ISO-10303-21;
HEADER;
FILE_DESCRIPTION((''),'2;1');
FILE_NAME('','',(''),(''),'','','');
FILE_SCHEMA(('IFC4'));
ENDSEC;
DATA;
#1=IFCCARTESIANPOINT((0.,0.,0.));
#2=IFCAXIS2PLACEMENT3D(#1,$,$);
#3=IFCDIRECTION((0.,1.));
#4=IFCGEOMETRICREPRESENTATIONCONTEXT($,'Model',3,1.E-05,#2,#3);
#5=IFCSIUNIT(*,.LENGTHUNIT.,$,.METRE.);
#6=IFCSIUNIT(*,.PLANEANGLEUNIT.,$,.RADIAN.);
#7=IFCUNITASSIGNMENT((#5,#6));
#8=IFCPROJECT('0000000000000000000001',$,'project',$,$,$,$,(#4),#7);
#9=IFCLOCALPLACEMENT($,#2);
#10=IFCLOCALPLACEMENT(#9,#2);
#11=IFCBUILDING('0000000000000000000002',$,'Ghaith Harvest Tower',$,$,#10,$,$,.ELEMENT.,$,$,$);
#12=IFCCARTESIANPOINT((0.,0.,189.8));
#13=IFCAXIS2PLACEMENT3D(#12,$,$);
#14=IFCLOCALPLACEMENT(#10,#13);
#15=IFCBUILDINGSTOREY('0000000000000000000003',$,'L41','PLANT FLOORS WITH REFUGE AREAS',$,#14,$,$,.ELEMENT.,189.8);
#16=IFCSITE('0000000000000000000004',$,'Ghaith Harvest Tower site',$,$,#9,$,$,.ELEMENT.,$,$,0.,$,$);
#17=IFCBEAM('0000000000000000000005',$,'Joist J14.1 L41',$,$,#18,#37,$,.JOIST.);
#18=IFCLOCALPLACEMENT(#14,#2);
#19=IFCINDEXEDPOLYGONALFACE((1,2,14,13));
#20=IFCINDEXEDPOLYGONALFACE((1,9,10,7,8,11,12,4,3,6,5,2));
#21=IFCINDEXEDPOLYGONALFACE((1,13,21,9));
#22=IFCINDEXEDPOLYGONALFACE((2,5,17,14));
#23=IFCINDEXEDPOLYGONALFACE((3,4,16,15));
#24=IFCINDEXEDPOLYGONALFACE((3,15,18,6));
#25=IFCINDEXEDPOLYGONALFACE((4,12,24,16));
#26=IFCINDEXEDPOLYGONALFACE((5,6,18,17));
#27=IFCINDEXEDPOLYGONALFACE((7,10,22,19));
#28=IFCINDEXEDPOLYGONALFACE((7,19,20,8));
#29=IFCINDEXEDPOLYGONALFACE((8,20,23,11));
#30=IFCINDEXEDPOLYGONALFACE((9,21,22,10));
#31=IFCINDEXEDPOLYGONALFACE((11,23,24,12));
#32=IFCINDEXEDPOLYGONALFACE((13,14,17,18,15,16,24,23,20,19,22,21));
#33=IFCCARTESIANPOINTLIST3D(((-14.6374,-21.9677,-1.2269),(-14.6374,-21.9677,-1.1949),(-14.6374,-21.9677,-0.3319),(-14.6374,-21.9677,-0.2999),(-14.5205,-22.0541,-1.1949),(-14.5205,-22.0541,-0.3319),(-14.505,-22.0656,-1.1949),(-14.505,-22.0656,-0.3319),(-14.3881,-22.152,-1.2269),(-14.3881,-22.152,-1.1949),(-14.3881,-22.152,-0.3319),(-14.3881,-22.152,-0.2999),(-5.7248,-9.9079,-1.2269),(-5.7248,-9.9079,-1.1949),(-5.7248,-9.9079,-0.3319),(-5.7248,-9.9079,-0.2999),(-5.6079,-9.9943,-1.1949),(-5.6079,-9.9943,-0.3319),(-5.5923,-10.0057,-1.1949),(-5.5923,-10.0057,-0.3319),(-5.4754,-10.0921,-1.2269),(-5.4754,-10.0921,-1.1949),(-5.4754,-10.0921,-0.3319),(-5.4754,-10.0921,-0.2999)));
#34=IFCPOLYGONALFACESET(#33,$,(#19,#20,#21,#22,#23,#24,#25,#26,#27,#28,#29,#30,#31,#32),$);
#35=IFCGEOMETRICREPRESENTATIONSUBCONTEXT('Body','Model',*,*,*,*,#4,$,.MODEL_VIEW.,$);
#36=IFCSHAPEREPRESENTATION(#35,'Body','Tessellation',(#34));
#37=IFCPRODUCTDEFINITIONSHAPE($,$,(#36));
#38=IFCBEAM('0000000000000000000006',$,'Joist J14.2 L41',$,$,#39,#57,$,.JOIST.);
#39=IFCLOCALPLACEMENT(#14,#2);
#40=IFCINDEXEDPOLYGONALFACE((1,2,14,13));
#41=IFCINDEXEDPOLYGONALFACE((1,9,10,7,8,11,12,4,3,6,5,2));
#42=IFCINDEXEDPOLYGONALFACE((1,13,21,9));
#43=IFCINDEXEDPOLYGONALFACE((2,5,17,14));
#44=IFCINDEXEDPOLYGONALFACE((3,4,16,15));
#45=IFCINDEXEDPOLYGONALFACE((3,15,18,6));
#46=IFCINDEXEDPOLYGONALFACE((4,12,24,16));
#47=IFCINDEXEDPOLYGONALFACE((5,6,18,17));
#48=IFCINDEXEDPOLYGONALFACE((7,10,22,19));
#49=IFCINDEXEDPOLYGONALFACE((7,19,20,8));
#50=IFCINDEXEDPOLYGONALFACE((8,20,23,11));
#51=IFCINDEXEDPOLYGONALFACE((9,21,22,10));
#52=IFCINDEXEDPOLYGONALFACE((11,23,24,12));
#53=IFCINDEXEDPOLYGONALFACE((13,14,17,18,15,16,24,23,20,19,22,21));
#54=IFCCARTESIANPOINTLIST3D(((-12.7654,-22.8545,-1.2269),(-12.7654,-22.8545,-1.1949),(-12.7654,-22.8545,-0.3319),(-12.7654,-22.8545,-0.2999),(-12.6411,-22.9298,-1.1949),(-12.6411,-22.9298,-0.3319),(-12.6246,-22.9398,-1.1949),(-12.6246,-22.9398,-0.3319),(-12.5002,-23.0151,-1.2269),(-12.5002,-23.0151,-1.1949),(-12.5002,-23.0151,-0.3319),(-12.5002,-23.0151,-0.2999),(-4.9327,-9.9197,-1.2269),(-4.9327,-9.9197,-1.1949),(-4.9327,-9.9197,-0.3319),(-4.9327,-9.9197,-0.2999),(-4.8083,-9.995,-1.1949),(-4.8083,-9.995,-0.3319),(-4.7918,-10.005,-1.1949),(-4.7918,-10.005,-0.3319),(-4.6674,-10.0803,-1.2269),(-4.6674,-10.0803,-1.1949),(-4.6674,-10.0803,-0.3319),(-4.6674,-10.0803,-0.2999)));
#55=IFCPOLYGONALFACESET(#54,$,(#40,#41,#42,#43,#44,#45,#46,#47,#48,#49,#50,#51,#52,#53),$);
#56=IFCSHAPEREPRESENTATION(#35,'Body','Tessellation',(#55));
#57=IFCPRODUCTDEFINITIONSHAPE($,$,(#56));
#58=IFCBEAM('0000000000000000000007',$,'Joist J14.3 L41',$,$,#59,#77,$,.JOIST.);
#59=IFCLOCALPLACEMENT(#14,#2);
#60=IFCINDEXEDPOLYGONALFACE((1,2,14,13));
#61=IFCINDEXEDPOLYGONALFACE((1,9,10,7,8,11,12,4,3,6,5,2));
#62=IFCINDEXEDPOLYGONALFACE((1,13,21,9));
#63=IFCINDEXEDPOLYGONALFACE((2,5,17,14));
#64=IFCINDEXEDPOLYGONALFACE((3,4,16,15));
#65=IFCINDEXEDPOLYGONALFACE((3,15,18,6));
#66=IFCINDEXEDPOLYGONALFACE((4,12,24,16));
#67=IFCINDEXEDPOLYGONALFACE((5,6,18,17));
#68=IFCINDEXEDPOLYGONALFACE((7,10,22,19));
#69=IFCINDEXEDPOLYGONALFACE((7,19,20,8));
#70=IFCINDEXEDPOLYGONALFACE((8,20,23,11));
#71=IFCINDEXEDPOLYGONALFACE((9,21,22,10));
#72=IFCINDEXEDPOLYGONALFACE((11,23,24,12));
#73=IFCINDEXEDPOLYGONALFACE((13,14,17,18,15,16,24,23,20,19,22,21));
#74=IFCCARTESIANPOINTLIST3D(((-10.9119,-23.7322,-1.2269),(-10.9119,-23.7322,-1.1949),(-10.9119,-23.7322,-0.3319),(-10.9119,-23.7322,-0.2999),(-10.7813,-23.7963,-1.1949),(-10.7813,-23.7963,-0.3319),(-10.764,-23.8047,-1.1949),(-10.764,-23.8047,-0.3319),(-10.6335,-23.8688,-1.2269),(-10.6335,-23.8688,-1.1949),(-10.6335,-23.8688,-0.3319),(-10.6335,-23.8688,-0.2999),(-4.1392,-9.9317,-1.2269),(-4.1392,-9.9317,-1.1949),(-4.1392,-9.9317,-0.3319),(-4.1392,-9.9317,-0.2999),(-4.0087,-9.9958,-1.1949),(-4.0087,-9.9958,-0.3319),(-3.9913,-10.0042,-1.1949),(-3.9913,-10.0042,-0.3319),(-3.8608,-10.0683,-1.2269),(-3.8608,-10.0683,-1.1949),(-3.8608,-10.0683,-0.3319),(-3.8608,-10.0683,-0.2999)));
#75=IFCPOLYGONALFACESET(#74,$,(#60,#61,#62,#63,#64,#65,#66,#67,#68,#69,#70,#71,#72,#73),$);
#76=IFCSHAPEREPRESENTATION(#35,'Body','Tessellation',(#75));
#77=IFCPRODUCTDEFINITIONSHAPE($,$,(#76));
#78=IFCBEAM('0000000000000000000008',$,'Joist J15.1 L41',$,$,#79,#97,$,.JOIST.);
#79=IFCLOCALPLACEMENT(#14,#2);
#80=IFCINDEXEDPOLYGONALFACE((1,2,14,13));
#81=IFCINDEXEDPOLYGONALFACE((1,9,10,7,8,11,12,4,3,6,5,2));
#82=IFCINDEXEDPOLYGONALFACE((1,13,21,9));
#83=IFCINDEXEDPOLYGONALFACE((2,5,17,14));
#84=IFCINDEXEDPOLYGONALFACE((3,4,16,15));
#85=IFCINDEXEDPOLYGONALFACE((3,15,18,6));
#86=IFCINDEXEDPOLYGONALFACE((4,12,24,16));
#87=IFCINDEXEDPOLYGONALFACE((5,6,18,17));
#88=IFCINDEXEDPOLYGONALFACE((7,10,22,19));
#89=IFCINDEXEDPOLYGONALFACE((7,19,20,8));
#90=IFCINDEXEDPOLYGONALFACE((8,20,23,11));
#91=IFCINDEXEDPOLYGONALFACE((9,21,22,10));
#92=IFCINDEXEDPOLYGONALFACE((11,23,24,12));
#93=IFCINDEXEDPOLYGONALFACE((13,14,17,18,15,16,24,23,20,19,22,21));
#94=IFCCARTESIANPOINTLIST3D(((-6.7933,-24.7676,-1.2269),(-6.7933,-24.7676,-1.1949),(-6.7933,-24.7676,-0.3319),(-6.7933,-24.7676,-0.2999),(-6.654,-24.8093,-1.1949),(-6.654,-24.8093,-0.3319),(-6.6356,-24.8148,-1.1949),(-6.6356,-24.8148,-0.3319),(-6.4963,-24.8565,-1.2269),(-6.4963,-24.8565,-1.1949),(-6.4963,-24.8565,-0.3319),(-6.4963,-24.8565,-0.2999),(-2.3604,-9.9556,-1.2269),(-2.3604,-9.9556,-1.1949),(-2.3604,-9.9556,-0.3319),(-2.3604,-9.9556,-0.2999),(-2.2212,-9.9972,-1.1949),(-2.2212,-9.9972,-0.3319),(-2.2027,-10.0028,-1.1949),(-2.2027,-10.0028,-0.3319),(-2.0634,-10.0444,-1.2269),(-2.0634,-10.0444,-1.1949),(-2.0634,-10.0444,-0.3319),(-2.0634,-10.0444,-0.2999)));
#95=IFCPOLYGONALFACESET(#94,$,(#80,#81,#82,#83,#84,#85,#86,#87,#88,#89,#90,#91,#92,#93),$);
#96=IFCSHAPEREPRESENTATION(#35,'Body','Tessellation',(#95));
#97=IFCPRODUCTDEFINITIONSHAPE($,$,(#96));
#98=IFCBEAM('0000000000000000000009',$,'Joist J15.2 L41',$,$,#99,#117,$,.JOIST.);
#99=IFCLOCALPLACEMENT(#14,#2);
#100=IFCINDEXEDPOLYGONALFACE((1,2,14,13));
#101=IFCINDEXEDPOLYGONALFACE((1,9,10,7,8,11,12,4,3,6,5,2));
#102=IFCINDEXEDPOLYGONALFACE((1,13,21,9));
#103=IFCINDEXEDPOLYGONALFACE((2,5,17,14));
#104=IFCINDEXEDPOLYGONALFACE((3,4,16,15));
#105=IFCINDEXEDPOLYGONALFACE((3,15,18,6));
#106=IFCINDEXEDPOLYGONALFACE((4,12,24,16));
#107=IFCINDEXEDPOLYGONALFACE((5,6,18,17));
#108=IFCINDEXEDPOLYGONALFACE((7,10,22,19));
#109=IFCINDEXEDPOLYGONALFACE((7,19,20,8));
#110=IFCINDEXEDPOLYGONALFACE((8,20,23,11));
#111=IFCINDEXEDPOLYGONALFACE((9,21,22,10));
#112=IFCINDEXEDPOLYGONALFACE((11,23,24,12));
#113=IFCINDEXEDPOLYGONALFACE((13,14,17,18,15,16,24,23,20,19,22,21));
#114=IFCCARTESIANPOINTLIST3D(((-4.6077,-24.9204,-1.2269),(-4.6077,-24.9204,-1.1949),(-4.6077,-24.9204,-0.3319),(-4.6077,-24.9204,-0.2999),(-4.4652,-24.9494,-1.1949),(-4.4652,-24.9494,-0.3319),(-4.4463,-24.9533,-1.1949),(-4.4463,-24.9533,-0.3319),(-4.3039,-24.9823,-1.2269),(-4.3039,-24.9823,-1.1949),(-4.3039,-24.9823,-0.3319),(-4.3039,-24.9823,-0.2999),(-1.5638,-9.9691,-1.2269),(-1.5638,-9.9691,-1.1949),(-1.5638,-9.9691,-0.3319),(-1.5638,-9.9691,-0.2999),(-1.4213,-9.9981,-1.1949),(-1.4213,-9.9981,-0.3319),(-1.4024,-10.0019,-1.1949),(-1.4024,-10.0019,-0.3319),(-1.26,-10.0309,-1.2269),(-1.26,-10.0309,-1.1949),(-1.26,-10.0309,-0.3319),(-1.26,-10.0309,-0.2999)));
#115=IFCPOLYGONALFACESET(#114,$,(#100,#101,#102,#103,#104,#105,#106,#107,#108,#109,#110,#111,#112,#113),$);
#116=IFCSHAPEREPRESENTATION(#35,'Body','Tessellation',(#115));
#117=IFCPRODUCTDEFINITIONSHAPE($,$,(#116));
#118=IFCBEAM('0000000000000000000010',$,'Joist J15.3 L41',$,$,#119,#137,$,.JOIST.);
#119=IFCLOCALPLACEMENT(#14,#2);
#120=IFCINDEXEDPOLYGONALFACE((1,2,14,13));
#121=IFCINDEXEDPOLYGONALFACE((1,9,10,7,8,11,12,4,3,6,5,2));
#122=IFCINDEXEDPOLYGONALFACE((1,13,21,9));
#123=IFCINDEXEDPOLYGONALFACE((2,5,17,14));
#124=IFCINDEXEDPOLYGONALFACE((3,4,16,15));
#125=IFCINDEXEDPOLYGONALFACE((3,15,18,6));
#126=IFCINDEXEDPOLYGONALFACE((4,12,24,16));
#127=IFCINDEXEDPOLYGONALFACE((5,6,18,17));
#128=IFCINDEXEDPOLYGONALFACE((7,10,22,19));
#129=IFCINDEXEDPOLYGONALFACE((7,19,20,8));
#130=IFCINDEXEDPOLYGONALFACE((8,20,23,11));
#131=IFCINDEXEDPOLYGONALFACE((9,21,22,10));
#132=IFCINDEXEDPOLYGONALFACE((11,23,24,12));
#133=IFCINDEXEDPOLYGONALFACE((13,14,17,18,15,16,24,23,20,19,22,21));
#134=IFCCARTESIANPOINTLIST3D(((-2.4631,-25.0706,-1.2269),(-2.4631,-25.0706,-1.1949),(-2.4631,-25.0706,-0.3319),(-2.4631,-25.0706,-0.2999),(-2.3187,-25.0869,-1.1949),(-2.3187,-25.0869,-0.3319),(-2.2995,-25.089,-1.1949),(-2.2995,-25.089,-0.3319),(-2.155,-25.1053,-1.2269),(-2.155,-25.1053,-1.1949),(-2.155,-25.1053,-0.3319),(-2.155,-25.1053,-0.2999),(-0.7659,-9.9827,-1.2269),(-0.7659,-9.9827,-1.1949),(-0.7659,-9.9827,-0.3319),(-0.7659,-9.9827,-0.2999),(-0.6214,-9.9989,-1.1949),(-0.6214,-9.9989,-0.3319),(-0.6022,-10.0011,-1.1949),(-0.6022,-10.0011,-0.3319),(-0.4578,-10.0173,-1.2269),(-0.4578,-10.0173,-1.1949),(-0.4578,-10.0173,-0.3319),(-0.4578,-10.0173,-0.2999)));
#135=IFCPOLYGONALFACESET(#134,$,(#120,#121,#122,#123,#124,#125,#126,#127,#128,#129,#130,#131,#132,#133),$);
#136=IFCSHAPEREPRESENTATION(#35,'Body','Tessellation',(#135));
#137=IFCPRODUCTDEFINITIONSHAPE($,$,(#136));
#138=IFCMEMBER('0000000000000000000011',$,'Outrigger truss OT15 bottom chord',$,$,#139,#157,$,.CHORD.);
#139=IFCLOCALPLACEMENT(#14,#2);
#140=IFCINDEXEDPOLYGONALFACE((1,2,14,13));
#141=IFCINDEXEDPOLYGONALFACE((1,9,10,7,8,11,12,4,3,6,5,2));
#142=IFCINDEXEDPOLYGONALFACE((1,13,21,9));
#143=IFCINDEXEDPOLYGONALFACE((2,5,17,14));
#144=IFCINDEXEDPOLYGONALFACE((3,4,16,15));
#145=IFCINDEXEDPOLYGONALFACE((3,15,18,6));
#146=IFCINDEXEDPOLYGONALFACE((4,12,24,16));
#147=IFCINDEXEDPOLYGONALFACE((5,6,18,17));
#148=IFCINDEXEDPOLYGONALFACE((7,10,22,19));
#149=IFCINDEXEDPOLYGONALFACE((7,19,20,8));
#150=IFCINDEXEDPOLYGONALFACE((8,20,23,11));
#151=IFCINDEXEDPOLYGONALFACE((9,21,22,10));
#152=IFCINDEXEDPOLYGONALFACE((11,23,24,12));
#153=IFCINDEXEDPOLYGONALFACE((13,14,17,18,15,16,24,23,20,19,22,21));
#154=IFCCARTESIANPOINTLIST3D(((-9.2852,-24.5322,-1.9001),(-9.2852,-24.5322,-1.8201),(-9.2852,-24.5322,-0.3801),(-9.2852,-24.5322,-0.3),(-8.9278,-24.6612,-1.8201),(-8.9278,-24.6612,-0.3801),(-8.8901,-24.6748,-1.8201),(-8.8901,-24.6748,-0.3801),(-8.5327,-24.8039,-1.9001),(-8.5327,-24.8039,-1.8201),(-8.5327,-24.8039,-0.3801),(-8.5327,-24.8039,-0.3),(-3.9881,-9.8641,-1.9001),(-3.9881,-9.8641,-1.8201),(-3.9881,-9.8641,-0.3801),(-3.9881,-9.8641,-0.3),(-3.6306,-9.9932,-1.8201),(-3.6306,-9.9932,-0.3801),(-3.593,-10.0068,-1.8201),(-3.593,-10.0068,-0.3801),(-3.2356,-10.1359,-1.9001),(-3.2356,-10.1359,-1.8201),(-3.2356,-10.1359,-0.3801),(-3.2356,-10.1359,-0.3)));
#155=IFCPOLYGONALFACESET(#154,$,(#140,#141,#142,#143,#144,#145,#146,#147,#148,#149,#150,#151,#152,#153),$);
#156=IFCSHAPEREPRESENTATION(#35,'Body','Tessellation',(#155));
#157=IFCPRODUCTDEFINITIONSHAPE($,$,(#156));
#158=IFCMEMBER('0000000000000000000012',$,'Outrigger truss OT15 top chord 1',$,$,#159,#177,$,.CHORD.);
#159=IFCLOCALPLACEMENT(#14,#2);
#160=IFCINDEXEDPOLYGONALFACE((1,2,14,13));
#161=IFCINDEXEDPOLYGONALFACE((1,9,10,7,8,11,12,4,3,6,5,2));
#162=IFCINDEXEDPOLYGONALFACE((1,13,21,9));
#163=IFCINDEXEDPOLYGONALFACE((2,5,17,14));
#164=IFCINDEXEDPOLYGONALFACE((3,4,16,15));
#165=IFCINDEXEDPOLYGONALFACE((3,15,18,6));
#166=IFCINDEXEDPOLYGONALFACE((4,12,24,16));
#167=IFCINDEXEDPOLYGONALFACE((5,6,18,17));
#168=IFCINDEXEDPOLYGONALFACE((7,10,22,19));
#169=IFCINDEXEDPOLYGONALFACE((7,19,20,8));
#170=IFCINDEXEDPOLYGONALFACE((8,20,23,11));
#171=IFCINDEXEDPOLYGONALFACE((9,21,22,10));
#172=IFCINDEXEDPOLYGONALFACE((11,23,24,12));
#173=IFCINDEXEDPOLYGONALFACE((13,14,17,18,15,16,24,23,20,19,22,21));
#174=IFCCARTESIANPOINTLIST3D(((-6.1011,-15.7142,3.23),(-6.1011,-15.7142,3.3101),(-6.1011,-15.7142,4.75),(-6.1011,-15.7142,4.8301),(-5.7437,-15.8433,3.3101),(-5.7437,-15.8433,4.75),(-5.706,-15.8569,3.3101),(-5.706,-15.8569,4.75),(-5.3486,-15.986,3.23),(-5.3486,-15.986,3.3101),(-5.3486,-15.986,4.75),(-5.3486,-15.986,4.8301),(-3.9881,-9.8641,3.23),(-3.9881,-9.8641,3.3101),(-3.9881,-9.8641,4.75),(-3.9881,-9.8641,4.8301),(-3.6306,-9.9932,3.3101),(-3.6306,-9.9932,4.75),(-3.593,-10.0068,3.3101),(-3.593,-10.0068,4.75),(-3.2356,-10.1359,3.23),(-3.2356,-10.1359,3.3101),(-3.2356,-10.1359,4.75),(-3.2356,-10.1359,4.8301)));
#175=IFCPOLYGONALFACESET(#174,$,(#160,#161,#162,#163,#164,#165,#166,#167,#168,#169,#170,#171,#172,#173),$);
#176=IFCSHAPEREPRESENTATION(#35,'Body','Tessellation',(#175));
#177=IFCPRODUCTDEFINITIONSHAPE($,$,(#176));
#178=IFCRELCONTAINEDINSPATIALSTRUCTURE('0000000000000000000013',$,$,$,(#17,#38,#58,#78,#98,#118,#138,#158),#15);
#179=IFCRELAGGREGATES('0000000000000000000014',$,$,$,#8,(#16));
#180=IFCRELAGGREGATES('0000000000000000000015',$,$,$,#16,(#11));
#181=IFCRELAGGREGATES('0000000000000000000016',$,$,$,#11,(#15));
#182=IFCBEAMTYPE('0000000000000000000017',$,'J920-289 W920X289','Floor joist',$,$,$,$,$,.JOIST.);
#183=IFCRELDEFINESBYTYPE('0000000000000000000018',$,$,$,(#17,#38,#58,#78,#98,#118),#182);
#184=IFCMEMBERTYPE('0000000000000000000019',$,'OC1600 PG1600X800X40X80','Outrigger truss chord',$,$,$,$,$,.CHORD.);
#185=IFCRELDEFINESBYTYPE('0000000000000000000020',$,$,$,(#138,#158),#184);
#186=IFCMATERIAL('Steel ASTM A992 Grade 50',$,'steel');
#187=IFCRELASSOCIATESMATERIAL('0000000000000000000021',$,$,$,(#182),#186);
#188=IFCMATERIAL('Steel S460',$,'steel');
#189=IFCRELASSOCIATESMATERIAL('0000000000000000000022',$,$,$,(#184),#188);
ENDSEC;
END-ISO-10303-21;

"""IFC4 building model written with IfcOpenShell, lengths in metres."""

from ifc_helpers import new_model, si_unit, direction, frame, origin, origin_2d, place, context, subcontext, project, spatial, i_section, extrude, material, material_profile, profile_set, type_object, element, save


model = new_model("IFC4")

# Units and contexts
model_context = context("Model", 3, precision=1e-05, world=origin(), true_north=direction((0.0, 1.0)))
body_context = subcontext(model_context, "Body", "Model", "MODEL_VIEW")
ifc_project = project(units=[si_unit("LENGTHUNIT", "METRE"), si_unit("PLANEANGLEUNIT", "RADIAN")], contexts=[model_context])

# Site, building, storey
site_placement = place(None, origin())
site = spatial("IfcSite", under=ifc_project, at=site_placement, Name="Ghaith Harvest Tower site", CompositionType="ELEMENT", RefElevation=0.0)
building_placement = place(site_placement, origin())
building = spatial("IfcBuilding", under=site, at=building_placement, Name="Ghaith Harvest Tower", CompositionType="ELEMENT")
storey_placement = place(building_placement, frame((0.0, 0.0, 189.8)))
storey = spatial("IfcBuildingStorey", under=building, at=storey_placement, Name="L41", Description="PLANT FLOORS WITH REFUGE AREAS", CompositionType="ELEMENT", Elevation=189.8)

# Beams
ifc_material_1 = material(Name="Steel ASTM A992 Grade 50", Category="steel")
ifc_material_profile_1 = material_profile(ifc_material_1, i_section(OverallWidth=0.3101, OverallDepth=0.927, WebThickness=0.0193, FlangeThickness=0.032, at=origin_2d()), Name="W920X289")
ifc_profile_set_1 = profile_set([ifc_material_profile_1], Name="Steel ASTM A992 Grade 50")
beam_type = type_object("IfcBeamType", Name="J920-289 W920X289", Description="Floor joist", PredefinedType="JOIST", material=ifc_profile_set_1)
beam_1_placement = place(storey_placement, frame((-5.6001, -10.0, -0.7634), z_axis=(-0.59434, -0.804214, 0.0), x_axis=(0.804214, -0.59434, 0.0)))
element("IfcBeam", 1, at=beam_1_placement, inside=storey, type_object=beam_type, Name="Joist J14.1 L41", PredefinedType="JOIST", context=body_context, shape_type="SweptSolid", body=[
    extrude(i_section(OverallWidth=0.3101, OverallDepth=0.927, WebThickness=0.0193, FlangeThickness=0.032, at=origin_2d()), origin(), (0.0, 0.0, 1.0), 14.9958),
])
beam_2_placement = place(storey_placement, frame((-4.8, -10.0, -0.7634), z_axis=(-0.517986, -0.855389, 0.0), x_axis=(0.855389, -0.517986, 0.0)))
element("IfcBeam", 2, at=beam_2_placement, inside=storey, type_object=beam_type, Name="Joist J14.2 L41", PredefinedType="JOIST", context=body_context, shape_type="SweptSolid", body=[
    extrude(i_section(OverallWidth=0.3101, OverallDepth=0.927, WebThickness=0.0193, FlangeThickness=0.032, at=origin_2d()), origin(), (0.0, 0.0, 1.0), 15.1216),
])
beam_3_placement = place(storey_placement, frame((-4.0, -10.0, -0.7634), z_axis=(-0.440563, -0.897722, 0.0), x_axis=(0.897722, -0.440563, 0.0)))
element("IfcBeam", 3, at=beam_3_placement, inside=storey, type_object=beam_type, Name="Joist J14.3 L41", PredefinedType="JOIST", context=body_context, shape_type="SweptSolid", body=[
    extrude(i_section(OverallWidth=0.3101, OverallDepth=0.927, WebThickness=0.0193, FlangeThickness=0.032, at=origin_2d()), origin(), (0.0, 0.0, 1.0), 15.3728),
])
beam_4_placement = place(storey_placement, frame((-2.2119, -10.0, -0.7634), z_axis=(-0.28671, -0.958017, 0.0), x_axis=(0.958017, -0.28671, 0.0)))
element("IfcBeam", 4, at=beam_4_placement, inside=storey, type_object=beam_type, Name="Joist J15.1 L41", PredefinedType="JOIST", context=body_context, shape_type="SweptSolid", body=[
    extrude(i_section(OverallWidth=0.3101, OverallDepth=0.927, WebThickness=0.0193, FlangeThickness=0.032, at=origin_2d()), origin(), (0.0, 0.0, 1.0), 15.4612),
])
beam_5_placement = place(storey_placement, frame((-1.4119, -10.0, -0.7634), z_axis=(-0.199497, -0.979899, 0.0), x_axis=(0.979899, -0.199497, 0.0)))
element("IfcBeam", 5, at=beam_5_placement, inside=storey, type_object=beam_type, Name="Joist J15.2 L41", PredefinedType="JOIST", context=body_context, shape_type="SweptSolid", body=[
    extrude(i_section(OverallWidth=0.3101, OverallDepth=0.927, WebThickness=0.0193, FlangeThickness=0.032, at=origin_2d()), origin(), (0.0, 0.0, 1.0), 15.2581),
])
beam_6_placement = place(storey_placement, frame((-0.6118, -10.0, -0.7634), z_axis=(-0.111787, -0.993732, 0.0), x_axis=(0.993732, -0.111787, 0.0)))
element("IfcBeam", 6, at=beam_6_placement, inside=storey, type_object=beam_type, Name="Joist J15.3 L41", PredefinedType="JOIST", context=body_context, shape_type="SweptSolid", body=[
    extrude(i_section(OverallWidth=0.3101, OverallDepth=0.927, WebThickness=0.0193, FlangeThickness=0.032, at=origin_2d()), origin(), (0.0, 0.0, 1.0), 15.1831),
])

# Members
ifc_material_2 = material(Name="Steel S460", Category="steel")
ifc_material_profile_2 = material_profile(ifc_material_2, i_section(OverallWidth=0.8, OverallDepth=1.6001, WebThickness=0.04, FlangeThickness=0.0801, at=origin_2d()), Name="PG1600X800X40X80")
ifc_profile_set_2 = profile_set([ifc_material_profile_2], Name="Steel S460")
member_type_1 = type_object("IfcMemberType", Name="OC1600 PG1600X800X40X80", Description="Outrigger truss chord", PredefinedType="CHORD", material=ifc_profile_set_2)
member_1_placement = place(storey_placement, frame((-3.6118, -10.0, -1.1001), z_axis=(-0.339664, -0.940547, 0.0), x_axis=(0.940547, -0.339664, 0.0)))
element("IfcMember", 7, at=member_1_placement, inside=storey, type_object=member_type_1, Name="Outrigger truss OT15 bottom chord", PredefinedType="CHORD", context=body_context, shape_type="SweptSolid", body=[
    extrude(i_section(OverallWidth=0.8, OverallDepth=1.6001, WebThickness=0.04, FlangeThickness=0.0801, at=origin_2d()), origin(), (0.0, 0.0, 1.0), 15.5952),
])
member_2_placement = place(storey_placement, frame((-3.6118, -10.0, 4.03), z_axis=(-0.339716, -0.940528, 0.0), x_axis=(0.940528, -0.339716, 0.0)))
element("IfcMember", 8, at=member_2_placement, inside=storey, type_object=member_type_1, Name="Outrigger truss OT15 top chord 1", PredefinedType="CHORD", context=body_context, shape_type="SweptSolid", body=[
    extrude(i_section(OverallWidth=0.8, OverallDepth=1.6001, WebThickness=0.04, FlangeThickness=0.0801, at=origin_2d()), origin(), (0.0, 0.0, 1.0), 6.22),
])

save(model, "model.ifc")
